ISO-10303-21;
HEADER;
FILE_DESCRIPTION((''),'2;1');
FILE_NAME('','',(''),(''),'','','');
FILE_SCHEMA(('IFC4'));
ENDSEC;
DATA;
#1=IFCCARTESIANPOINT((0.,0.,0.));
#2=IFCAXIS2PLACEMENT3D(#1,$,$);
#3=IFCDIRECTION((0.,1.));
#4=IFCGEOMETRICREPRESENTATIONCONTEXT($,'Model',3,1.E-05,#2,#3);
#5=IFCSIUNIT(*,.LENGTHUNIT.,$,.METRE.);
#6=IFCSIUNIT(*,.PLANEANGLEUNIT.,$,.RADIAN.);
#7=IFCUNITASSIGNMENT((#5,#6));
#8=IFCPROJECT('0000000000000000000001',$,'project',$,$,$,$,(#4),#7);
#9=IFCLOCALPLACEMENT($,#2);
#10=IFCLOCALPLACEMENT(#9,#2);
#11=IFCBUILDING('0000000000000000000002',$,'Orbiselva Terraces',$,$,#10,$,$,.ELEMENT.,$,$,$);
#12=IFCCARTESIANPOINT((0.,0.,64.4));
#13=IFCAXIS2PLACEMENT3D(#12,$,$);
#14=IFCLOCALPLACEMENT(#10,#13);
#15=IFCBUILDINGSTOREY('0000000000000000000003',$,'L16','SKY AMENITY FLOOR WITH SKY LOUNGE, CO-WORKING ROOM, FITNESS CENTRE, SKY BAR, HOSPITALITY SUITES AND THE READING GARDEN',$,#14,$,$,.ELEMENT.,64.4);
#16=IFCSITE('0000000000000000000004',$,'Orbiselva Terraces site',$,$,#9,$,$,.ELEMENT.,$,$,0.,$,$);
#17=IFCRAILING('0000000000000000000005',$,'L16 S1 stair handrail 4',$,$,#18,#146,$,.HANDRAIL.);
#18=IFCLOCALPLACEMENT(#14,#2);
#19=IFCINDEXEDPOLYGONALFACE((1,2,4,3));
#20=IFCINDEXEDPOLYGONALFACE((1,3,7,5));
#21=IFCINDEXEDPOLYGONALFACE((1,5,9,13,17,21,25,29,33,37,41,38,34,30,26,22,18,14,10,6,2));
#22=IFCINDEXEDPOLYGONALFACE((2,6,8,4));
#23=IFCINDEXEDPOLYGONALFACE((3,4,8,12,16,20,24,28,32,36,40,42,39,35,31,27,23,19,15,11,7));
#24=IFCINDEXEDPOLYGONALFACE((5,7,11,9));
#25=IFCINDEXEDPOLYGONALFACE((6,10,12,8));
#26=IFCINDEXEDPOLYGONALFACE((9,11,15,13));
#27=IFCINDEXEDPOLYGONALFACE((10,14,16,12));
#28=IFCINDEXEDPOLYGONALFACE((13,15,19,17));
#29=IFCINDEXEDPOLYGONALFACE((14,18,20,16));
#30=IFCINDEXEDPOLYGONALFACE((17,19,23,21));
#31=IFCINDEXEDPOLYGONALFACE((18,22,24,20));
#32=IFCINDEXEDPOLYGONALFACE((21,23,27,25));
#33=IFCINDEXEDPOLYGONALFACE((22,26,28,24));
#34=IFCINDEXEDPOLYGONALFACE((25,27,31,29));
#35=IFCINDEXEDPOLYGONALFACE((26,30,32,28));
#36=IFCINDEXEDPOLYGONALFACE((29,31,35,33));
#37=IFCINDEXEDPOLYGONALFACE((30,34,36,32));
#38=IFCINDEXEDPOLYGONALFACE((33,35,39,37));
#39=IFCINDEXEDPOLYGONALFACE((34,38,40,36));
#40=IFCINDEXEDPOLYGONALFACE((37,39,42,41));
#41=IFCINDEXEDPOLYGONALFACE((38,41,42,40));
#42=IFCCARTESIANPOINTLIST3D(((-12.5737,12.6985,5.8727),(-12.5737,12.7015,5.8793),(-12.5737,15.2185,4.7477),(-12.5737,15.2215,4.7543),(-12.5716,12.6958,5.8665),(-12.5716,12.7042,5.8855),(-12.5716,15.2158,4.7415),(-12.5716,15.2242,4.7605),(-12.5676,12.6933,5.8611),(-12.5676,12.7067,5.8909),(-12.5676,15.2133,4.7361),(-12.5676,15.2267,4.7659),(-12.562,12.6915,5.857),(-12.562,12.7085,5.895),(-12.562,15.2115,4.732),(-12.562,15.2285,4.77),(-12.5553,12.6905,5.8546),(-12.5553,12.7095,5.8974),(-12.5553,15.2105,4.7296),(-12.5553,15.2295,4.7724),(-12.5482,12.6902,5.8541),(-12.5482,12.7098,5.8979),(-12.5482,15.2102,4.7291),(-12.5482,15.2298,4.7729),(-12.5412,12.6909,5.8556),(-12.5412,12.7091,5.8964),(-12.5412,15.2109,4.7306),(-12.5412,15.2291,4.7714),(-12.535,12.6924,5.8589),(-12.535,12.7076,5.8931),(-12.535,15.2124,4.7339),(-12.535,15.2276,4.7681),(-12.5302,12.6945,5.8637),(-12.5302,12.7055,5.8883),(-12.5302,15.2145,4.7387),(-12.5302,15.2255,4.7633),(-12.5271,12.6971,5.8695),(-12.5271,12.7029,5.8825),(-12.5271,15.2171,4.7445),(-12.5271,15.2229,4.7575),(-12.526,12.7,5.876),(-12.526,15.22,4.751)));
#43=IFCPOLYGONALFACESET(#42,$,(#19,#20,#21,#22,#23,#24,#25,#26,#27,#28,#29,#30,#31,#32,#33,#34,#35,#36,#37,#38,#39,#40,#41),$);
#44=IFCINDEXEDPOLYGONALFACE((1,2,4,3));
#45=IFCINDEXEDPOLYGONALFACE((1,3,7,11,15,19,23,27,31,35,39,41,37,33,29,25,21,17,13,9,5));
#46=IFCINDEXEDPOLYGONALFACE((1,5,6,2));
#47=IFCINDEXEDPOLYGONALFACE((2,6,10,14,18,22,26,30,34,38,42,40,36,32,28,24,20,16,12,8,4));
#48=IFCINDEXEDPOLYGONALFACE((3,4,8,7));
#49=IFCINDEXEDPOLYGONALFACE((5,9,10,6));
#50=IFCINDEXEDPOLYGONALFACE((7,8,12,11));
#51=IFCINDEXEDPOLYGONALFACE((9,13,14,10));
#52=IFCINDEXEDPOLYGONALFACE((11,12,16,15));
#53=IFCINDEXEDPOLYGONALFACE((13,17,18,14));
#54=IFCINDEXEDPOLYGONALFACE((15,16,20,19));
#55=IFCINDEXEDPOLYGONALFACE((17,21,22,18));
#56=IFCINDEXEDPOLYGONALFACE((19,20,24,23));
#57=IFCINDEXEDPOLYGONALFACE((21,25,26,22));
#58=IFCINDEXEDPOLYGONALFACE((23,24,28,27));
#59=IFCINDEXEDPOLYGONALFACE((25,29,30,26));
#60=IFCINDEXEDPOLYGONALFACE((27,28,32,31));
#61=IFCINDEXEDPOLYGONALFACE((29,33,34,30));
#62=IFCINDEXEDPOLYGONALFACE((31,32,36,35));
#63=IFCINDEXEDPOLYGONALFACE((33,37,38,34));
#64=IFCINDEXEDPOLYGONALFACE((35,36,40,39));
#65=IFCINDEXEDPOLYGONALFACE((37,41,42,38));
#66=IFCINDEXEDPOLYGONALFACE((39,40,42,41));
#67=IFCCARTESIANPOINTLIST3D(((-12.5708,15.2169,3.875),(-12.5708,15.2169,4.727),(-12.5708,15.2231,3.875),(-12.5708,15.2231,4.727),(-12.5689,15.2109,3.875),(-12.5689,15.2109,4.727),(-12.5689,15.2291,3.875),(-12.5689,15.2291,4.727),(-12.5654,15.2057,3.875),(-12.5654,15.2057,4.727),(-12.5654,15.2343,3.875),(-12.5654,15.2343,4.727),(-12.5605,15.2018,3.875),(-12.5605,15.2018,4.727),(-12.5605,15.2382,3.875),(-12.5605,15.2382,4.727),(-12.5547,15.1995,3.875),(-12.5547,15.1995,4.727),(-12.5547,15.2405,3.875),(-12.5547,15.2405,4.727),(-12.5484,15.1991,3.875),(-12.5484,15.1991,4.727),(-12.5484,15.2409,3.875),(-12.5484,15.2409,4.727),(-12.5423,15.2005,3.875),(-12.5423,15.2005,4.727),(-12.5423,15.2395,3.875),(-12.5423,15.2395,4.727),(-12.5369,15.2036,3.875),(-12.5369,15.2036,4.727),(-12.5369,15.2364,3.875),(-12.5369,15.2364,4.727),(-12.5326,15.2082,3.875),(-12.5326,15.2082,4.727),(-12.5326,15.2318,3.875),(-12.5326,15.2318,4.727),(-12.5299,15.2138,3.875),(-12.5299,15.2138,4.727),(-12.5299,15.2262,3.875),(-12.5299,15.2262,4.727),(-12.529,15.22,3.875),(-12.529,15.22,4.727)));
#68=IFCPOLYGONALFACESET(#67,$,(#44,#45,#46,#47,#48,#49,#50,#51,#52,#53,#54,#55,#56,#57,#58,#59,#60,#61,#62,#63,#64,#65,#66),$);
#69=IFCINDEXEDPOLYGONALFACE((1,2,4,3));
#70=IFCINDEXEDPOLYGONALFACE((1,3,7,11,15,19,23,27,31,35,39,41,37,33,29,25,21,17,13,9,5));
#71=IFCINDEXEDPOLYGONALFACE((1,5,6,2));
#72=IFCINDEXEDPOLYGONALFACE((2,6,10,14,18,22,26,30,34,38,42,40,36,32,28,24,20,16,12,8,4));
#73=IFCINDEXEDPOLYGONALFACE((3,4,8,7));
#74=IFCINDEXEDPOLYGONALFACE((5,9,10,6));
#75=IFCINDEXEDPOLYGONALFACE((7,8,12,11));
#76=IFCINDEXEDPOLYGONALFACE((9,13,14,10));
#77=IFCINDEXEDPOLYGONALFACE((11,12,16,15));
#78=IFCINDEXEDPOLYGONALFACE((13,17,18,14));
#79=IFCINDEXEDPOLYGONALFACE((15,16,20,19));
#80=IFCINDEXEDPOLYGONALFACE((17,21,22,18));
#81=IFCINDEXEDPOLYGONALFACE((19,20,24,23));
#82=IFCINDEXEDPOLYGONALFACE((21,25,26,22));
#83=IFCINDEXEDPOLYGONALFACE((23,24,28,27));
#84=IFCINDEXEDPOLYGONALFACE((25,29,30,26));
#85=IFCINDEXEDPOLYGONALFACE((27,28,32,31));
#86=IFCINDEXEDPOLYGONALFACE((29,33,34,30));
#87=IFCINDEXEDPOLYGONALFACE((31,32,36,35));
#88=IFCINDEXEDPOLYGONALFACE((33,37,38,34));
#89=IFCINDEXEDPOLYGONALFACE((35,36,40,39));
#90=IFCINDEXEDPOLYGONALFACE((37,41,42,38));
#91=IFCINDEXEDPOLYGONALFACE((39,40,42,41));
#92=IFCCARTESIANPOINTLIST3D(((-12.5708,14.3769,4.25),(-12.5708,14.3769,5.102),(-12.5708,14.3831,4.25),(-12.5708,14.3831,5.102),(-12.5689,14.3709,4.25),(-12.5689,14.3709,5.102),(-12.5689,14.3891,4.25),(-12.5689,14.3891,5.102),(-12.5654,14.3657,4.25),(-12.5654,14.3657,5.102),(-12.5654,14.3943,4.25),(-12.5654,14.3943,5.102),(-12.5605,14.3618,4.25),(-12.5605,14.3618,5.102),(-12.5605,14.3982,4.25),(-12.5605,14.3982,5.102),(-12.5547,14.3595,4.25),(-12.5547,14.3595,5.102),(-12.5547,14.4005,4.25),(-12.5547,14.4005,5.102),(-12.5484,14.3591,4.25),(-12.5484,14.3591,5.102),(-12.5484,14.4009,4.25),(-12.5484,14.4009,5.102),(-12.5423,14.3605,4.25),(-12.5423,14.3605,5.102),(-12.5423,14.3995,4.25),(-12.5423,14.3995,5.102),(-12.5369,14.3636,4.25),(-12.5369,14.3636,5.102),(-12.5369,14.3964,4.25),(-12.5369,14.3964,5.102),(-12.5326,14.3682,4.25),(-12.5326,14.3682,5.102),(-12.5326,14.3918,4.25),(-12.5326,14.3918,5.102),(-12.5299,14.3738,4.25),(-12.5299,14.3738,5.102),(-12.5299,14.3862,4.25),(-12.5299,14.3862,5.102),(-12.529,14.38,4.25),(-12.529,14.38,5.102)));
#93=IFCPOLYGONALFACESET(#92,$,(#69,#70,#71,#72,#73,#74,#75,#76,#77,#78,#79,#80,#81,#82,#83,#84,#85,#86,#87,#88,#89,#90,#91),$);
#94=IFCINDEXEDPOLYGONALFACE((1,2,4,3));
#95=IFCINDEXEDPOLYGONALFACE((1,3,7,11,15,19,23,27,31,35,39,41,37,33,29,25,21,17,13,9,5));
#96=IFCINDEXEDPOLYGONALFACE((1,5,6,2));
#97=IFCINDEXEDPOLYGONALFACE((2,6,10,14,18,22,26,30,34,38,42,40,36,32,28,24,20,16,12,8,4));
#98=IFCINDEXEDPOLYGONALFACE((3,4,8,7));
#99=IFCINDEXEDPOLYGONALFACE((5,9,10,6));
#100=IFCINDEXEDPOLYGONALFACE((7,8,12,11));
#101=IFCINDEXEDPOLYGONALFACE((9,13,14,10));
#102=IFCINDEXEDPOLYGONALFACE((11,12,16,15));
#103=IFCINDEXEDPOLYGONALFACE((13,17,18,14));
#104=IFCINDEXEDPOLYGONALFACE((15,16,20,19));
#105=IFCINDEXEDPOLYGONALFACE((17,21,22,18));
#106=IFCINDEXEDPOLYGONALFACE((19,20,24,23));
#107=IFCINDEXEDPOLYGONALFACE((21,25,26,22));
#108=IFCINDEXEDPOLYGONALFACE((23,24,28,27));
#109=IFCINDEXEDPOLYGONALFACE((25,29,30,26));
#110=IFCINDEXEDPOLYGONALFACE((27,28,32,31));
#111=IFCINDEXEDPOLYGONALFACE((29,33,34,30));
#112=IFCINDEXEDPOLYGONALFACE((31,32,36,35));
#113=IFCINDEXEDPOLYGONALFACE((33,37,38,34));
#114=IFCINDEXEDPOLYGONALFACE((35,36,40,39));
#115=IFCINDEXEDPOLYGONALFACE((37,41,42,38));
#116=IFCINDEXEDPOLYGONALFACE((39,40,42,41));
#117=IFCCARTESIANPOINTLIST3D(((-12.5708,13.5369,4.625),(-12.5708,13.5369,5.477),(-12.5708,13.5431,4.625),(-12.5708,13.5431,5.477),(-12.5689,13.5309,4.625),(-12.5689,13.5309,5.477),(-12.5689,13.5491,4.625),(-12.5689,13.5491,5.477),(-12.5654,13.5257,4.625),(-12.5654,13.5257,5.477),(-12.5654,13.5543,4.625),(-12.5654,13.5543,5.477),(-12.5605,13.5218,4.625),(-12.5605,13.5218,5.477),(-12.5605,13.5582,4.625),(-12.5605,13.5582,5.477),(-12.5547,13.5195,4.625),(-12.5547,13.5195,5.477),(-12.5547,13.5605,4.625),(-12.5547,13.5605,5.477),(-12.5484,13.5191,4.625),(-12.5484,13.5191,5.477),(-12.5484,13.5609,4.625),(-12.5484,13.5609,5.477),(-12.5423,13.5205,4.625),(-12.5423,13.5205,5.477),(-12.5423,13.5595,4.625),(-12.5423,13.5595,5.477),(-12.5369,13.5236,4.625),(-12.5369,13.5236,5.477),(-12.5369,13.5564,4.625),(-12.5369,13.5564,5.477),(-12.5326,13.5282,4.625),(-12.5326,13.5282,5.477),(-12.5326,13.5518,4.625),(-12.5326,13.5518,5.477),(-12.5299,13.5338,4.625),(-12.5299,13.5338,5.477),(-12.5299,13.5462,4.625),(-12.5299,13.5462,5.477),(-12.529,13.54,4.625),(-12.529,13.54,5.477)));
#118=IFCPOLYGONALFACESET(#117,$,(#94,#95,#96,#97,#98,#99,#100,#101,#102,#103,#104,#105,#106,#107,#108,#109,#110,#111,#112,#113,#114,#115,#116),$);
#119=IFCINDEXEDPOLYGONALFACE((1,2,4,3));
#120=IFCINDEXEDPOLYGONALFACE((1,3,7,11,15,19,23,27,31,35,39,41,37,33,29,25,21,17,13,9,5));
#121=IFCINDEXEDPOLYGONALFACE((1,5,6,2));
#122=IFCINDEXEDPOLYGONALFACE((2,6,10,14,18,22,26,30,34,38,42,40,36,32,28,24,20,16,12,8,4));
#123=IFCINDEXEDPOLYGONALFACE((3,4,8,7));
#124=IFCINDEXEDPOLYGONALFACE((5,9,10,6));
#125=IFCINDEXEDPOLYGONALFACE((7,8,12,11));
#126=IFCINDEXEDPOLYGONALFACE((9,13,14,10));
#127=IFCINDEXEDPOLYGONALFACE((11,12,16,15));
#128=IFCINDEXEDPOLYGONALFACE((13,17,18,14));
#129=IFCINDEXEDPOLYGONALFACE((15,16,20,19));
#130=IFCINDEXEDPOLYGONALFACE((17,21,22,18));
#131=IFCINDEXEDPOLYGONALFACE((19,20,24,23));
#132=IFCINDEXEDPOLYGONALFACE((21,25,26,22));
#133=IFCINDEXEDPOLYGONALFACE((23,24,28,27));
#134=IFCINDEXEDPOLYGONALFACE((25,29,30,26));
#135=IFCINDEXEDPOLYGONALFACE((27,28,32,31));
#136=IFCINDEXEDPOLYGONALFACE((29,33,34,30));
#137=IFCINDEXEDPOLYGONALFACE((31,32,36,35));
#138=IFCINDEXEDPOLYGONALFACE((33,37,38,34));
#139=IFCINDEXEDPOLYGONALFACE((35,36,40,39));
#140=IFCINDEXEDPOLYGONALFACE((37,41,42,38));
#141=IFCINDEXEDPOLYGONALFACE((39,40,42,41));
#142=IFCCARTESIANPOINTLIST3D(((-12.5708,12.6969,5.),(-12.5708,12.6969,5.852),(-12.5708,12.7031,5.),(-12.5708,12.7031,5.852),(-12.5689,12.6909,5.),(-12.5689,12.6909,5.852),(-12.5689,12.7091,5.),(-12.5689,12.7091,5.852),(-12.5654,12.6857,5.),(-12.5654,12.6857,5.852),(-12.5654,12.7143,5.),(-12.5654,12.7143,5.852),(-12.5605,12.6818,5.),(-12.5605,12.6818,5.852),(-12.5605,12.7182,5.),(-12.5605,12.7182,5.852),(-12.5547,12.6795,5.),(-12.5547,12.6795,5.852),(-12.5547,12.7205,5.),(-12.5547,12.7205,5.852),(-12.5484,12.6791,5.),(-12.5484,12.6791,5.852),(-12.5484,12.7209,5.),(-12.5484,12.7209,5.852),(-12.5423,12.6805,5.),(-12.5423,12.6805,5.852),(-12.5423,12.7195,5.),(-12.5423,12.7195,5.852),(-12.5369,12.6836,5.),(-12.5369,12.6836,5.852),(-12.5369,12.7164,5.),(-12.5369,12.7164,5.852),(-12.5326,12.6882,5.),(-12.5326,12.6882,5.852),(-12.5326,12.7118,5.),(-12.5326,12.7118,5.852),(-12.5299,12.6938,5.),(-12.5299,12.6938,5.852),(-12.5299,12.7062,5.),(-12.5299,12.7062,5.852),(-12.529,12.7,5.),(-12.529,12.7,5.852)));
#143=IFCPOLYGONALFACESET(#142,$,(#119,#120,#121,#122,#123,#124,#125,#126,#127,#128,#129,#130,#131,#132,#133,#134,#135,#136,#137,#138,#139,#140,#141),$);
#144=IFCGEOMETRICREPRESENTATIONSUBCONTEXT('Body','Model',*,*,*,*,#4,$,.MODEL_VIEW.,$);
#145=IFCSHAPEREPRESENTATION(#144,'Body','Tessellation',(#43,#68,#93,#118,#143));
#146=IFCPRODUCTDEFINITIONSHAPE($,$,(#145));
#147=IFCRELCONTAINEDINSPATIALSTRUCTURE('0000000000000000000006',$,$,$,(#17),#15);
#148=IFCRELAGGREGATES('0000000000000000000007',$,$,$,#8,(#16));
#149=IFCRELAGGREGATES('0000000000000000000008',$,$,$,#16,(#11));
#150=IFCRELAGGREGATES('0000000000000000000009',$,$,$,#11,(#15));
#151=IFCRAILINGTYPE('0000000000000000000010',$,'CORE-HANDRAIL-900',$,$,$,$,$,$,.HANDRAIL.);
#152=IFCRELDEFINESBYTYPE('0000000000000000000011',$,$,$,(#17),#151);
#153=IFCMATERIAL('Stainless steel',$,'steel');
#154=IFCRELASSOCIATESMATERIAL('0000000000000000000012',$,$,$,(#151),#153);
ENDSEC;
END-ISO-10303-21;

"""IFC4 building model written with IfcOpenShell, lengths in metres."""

from ifc_helpers import new_model, si_unit, direction, frame, origin, origin_2d, place, context, subcontext, project, spatial, circle, extrude, material, type_object, element, save


model = new_model("IFC4")

# Units and contexts
model_context = context("Model", 3, precision=1e-05, world=origin(), true_north=direction((0.0, 1.0)))
body_context = subcontext(model_context, "Body", "Model", "MODEL_VIEW")
ifc_project = project(units=[si_unit("LENGTHUNIT", "METRE"), si_unit("PLANEANGLEUNIT", "RADIAN")], contexts=[model_context])

# Site, building, storey
site_placement = place(None, origin())
site = spatial("IfcSite", under=ifc_project, at=site_placement, Name="Orbiselva Terraces site", CompositionType="ELEMENT", RefElevation=0.0)
building_placement = place(site_placement, origin())
building = spatial("IfcBuilding", under=site, at=building_placement, Name="Orbiselva Terraces", CompositionType="ELEMENT")
storey_placement = place(building_placement, frame((0.0, 0.0, 64.4)))
storey = spatial("IfcBuildingStorey", under=building, at=storey_placement, Name="L16", Description="SKY AMENITY FLOOR WITH SKY LOUNGE, CO-WORKING ROOM, FITNESS CENTRE, SKY BAR, HOSPITALITY SUITES AND THE READING GARDEN", CompositionType="ELEMENT", Elevation=64.4)

# Railing
ifc_material_1 = material(Name="Stainless steel", Category="steel")
railing_type = type_object("IfcRailingType", Name="CORE-HANDRAIL-900", PredefinedType="HANDRAIL", material=ifc_material_1)
railing_1_placement = place(storey_placement, frame((-12.55, 15.22, 3.875)))
element("IfcRailing", 1, at=railing_1_placement, inside=storey, type_object=railing_type, Name="L16 S1 stair handrail 4", PredefinedType="HANDRAIL", context=body_context, shape_type="SweptSolid", body=[
    extrude(circle(Radius=0.024, at=origin_2d()), frame((0.0, 0.0, 0.876), z_axis=(0.0, -0.913138, 0.407651), x_axis=(1.0, 0.0, 0.0)), (0.0, 0.0, 1.0), 2.7597),
    extrude(circle(Radius=0.021, at=origin_2d()), origin(), (0.0, 0.0, 1.0), 0.852),
    extrude(circle(Radius=0.021, at=origin_2d()), frame((0.0, -0.84, 0.375)), (0.0, 0.0, 1.0), 0.852),
    extrude(circle(Radius=0.021, at=origin_2d()), frame((0.0, -1.68, 0.75)), (0.0, 0.0, 1.0), 0.852),
    extrude(circle(Radius=0.021, at=origin_2d()), frame((0.0, -2.52, 1.125)), (0.0, 0.0, 1.0), 0.852),
])

save(model, "model.ifc")
